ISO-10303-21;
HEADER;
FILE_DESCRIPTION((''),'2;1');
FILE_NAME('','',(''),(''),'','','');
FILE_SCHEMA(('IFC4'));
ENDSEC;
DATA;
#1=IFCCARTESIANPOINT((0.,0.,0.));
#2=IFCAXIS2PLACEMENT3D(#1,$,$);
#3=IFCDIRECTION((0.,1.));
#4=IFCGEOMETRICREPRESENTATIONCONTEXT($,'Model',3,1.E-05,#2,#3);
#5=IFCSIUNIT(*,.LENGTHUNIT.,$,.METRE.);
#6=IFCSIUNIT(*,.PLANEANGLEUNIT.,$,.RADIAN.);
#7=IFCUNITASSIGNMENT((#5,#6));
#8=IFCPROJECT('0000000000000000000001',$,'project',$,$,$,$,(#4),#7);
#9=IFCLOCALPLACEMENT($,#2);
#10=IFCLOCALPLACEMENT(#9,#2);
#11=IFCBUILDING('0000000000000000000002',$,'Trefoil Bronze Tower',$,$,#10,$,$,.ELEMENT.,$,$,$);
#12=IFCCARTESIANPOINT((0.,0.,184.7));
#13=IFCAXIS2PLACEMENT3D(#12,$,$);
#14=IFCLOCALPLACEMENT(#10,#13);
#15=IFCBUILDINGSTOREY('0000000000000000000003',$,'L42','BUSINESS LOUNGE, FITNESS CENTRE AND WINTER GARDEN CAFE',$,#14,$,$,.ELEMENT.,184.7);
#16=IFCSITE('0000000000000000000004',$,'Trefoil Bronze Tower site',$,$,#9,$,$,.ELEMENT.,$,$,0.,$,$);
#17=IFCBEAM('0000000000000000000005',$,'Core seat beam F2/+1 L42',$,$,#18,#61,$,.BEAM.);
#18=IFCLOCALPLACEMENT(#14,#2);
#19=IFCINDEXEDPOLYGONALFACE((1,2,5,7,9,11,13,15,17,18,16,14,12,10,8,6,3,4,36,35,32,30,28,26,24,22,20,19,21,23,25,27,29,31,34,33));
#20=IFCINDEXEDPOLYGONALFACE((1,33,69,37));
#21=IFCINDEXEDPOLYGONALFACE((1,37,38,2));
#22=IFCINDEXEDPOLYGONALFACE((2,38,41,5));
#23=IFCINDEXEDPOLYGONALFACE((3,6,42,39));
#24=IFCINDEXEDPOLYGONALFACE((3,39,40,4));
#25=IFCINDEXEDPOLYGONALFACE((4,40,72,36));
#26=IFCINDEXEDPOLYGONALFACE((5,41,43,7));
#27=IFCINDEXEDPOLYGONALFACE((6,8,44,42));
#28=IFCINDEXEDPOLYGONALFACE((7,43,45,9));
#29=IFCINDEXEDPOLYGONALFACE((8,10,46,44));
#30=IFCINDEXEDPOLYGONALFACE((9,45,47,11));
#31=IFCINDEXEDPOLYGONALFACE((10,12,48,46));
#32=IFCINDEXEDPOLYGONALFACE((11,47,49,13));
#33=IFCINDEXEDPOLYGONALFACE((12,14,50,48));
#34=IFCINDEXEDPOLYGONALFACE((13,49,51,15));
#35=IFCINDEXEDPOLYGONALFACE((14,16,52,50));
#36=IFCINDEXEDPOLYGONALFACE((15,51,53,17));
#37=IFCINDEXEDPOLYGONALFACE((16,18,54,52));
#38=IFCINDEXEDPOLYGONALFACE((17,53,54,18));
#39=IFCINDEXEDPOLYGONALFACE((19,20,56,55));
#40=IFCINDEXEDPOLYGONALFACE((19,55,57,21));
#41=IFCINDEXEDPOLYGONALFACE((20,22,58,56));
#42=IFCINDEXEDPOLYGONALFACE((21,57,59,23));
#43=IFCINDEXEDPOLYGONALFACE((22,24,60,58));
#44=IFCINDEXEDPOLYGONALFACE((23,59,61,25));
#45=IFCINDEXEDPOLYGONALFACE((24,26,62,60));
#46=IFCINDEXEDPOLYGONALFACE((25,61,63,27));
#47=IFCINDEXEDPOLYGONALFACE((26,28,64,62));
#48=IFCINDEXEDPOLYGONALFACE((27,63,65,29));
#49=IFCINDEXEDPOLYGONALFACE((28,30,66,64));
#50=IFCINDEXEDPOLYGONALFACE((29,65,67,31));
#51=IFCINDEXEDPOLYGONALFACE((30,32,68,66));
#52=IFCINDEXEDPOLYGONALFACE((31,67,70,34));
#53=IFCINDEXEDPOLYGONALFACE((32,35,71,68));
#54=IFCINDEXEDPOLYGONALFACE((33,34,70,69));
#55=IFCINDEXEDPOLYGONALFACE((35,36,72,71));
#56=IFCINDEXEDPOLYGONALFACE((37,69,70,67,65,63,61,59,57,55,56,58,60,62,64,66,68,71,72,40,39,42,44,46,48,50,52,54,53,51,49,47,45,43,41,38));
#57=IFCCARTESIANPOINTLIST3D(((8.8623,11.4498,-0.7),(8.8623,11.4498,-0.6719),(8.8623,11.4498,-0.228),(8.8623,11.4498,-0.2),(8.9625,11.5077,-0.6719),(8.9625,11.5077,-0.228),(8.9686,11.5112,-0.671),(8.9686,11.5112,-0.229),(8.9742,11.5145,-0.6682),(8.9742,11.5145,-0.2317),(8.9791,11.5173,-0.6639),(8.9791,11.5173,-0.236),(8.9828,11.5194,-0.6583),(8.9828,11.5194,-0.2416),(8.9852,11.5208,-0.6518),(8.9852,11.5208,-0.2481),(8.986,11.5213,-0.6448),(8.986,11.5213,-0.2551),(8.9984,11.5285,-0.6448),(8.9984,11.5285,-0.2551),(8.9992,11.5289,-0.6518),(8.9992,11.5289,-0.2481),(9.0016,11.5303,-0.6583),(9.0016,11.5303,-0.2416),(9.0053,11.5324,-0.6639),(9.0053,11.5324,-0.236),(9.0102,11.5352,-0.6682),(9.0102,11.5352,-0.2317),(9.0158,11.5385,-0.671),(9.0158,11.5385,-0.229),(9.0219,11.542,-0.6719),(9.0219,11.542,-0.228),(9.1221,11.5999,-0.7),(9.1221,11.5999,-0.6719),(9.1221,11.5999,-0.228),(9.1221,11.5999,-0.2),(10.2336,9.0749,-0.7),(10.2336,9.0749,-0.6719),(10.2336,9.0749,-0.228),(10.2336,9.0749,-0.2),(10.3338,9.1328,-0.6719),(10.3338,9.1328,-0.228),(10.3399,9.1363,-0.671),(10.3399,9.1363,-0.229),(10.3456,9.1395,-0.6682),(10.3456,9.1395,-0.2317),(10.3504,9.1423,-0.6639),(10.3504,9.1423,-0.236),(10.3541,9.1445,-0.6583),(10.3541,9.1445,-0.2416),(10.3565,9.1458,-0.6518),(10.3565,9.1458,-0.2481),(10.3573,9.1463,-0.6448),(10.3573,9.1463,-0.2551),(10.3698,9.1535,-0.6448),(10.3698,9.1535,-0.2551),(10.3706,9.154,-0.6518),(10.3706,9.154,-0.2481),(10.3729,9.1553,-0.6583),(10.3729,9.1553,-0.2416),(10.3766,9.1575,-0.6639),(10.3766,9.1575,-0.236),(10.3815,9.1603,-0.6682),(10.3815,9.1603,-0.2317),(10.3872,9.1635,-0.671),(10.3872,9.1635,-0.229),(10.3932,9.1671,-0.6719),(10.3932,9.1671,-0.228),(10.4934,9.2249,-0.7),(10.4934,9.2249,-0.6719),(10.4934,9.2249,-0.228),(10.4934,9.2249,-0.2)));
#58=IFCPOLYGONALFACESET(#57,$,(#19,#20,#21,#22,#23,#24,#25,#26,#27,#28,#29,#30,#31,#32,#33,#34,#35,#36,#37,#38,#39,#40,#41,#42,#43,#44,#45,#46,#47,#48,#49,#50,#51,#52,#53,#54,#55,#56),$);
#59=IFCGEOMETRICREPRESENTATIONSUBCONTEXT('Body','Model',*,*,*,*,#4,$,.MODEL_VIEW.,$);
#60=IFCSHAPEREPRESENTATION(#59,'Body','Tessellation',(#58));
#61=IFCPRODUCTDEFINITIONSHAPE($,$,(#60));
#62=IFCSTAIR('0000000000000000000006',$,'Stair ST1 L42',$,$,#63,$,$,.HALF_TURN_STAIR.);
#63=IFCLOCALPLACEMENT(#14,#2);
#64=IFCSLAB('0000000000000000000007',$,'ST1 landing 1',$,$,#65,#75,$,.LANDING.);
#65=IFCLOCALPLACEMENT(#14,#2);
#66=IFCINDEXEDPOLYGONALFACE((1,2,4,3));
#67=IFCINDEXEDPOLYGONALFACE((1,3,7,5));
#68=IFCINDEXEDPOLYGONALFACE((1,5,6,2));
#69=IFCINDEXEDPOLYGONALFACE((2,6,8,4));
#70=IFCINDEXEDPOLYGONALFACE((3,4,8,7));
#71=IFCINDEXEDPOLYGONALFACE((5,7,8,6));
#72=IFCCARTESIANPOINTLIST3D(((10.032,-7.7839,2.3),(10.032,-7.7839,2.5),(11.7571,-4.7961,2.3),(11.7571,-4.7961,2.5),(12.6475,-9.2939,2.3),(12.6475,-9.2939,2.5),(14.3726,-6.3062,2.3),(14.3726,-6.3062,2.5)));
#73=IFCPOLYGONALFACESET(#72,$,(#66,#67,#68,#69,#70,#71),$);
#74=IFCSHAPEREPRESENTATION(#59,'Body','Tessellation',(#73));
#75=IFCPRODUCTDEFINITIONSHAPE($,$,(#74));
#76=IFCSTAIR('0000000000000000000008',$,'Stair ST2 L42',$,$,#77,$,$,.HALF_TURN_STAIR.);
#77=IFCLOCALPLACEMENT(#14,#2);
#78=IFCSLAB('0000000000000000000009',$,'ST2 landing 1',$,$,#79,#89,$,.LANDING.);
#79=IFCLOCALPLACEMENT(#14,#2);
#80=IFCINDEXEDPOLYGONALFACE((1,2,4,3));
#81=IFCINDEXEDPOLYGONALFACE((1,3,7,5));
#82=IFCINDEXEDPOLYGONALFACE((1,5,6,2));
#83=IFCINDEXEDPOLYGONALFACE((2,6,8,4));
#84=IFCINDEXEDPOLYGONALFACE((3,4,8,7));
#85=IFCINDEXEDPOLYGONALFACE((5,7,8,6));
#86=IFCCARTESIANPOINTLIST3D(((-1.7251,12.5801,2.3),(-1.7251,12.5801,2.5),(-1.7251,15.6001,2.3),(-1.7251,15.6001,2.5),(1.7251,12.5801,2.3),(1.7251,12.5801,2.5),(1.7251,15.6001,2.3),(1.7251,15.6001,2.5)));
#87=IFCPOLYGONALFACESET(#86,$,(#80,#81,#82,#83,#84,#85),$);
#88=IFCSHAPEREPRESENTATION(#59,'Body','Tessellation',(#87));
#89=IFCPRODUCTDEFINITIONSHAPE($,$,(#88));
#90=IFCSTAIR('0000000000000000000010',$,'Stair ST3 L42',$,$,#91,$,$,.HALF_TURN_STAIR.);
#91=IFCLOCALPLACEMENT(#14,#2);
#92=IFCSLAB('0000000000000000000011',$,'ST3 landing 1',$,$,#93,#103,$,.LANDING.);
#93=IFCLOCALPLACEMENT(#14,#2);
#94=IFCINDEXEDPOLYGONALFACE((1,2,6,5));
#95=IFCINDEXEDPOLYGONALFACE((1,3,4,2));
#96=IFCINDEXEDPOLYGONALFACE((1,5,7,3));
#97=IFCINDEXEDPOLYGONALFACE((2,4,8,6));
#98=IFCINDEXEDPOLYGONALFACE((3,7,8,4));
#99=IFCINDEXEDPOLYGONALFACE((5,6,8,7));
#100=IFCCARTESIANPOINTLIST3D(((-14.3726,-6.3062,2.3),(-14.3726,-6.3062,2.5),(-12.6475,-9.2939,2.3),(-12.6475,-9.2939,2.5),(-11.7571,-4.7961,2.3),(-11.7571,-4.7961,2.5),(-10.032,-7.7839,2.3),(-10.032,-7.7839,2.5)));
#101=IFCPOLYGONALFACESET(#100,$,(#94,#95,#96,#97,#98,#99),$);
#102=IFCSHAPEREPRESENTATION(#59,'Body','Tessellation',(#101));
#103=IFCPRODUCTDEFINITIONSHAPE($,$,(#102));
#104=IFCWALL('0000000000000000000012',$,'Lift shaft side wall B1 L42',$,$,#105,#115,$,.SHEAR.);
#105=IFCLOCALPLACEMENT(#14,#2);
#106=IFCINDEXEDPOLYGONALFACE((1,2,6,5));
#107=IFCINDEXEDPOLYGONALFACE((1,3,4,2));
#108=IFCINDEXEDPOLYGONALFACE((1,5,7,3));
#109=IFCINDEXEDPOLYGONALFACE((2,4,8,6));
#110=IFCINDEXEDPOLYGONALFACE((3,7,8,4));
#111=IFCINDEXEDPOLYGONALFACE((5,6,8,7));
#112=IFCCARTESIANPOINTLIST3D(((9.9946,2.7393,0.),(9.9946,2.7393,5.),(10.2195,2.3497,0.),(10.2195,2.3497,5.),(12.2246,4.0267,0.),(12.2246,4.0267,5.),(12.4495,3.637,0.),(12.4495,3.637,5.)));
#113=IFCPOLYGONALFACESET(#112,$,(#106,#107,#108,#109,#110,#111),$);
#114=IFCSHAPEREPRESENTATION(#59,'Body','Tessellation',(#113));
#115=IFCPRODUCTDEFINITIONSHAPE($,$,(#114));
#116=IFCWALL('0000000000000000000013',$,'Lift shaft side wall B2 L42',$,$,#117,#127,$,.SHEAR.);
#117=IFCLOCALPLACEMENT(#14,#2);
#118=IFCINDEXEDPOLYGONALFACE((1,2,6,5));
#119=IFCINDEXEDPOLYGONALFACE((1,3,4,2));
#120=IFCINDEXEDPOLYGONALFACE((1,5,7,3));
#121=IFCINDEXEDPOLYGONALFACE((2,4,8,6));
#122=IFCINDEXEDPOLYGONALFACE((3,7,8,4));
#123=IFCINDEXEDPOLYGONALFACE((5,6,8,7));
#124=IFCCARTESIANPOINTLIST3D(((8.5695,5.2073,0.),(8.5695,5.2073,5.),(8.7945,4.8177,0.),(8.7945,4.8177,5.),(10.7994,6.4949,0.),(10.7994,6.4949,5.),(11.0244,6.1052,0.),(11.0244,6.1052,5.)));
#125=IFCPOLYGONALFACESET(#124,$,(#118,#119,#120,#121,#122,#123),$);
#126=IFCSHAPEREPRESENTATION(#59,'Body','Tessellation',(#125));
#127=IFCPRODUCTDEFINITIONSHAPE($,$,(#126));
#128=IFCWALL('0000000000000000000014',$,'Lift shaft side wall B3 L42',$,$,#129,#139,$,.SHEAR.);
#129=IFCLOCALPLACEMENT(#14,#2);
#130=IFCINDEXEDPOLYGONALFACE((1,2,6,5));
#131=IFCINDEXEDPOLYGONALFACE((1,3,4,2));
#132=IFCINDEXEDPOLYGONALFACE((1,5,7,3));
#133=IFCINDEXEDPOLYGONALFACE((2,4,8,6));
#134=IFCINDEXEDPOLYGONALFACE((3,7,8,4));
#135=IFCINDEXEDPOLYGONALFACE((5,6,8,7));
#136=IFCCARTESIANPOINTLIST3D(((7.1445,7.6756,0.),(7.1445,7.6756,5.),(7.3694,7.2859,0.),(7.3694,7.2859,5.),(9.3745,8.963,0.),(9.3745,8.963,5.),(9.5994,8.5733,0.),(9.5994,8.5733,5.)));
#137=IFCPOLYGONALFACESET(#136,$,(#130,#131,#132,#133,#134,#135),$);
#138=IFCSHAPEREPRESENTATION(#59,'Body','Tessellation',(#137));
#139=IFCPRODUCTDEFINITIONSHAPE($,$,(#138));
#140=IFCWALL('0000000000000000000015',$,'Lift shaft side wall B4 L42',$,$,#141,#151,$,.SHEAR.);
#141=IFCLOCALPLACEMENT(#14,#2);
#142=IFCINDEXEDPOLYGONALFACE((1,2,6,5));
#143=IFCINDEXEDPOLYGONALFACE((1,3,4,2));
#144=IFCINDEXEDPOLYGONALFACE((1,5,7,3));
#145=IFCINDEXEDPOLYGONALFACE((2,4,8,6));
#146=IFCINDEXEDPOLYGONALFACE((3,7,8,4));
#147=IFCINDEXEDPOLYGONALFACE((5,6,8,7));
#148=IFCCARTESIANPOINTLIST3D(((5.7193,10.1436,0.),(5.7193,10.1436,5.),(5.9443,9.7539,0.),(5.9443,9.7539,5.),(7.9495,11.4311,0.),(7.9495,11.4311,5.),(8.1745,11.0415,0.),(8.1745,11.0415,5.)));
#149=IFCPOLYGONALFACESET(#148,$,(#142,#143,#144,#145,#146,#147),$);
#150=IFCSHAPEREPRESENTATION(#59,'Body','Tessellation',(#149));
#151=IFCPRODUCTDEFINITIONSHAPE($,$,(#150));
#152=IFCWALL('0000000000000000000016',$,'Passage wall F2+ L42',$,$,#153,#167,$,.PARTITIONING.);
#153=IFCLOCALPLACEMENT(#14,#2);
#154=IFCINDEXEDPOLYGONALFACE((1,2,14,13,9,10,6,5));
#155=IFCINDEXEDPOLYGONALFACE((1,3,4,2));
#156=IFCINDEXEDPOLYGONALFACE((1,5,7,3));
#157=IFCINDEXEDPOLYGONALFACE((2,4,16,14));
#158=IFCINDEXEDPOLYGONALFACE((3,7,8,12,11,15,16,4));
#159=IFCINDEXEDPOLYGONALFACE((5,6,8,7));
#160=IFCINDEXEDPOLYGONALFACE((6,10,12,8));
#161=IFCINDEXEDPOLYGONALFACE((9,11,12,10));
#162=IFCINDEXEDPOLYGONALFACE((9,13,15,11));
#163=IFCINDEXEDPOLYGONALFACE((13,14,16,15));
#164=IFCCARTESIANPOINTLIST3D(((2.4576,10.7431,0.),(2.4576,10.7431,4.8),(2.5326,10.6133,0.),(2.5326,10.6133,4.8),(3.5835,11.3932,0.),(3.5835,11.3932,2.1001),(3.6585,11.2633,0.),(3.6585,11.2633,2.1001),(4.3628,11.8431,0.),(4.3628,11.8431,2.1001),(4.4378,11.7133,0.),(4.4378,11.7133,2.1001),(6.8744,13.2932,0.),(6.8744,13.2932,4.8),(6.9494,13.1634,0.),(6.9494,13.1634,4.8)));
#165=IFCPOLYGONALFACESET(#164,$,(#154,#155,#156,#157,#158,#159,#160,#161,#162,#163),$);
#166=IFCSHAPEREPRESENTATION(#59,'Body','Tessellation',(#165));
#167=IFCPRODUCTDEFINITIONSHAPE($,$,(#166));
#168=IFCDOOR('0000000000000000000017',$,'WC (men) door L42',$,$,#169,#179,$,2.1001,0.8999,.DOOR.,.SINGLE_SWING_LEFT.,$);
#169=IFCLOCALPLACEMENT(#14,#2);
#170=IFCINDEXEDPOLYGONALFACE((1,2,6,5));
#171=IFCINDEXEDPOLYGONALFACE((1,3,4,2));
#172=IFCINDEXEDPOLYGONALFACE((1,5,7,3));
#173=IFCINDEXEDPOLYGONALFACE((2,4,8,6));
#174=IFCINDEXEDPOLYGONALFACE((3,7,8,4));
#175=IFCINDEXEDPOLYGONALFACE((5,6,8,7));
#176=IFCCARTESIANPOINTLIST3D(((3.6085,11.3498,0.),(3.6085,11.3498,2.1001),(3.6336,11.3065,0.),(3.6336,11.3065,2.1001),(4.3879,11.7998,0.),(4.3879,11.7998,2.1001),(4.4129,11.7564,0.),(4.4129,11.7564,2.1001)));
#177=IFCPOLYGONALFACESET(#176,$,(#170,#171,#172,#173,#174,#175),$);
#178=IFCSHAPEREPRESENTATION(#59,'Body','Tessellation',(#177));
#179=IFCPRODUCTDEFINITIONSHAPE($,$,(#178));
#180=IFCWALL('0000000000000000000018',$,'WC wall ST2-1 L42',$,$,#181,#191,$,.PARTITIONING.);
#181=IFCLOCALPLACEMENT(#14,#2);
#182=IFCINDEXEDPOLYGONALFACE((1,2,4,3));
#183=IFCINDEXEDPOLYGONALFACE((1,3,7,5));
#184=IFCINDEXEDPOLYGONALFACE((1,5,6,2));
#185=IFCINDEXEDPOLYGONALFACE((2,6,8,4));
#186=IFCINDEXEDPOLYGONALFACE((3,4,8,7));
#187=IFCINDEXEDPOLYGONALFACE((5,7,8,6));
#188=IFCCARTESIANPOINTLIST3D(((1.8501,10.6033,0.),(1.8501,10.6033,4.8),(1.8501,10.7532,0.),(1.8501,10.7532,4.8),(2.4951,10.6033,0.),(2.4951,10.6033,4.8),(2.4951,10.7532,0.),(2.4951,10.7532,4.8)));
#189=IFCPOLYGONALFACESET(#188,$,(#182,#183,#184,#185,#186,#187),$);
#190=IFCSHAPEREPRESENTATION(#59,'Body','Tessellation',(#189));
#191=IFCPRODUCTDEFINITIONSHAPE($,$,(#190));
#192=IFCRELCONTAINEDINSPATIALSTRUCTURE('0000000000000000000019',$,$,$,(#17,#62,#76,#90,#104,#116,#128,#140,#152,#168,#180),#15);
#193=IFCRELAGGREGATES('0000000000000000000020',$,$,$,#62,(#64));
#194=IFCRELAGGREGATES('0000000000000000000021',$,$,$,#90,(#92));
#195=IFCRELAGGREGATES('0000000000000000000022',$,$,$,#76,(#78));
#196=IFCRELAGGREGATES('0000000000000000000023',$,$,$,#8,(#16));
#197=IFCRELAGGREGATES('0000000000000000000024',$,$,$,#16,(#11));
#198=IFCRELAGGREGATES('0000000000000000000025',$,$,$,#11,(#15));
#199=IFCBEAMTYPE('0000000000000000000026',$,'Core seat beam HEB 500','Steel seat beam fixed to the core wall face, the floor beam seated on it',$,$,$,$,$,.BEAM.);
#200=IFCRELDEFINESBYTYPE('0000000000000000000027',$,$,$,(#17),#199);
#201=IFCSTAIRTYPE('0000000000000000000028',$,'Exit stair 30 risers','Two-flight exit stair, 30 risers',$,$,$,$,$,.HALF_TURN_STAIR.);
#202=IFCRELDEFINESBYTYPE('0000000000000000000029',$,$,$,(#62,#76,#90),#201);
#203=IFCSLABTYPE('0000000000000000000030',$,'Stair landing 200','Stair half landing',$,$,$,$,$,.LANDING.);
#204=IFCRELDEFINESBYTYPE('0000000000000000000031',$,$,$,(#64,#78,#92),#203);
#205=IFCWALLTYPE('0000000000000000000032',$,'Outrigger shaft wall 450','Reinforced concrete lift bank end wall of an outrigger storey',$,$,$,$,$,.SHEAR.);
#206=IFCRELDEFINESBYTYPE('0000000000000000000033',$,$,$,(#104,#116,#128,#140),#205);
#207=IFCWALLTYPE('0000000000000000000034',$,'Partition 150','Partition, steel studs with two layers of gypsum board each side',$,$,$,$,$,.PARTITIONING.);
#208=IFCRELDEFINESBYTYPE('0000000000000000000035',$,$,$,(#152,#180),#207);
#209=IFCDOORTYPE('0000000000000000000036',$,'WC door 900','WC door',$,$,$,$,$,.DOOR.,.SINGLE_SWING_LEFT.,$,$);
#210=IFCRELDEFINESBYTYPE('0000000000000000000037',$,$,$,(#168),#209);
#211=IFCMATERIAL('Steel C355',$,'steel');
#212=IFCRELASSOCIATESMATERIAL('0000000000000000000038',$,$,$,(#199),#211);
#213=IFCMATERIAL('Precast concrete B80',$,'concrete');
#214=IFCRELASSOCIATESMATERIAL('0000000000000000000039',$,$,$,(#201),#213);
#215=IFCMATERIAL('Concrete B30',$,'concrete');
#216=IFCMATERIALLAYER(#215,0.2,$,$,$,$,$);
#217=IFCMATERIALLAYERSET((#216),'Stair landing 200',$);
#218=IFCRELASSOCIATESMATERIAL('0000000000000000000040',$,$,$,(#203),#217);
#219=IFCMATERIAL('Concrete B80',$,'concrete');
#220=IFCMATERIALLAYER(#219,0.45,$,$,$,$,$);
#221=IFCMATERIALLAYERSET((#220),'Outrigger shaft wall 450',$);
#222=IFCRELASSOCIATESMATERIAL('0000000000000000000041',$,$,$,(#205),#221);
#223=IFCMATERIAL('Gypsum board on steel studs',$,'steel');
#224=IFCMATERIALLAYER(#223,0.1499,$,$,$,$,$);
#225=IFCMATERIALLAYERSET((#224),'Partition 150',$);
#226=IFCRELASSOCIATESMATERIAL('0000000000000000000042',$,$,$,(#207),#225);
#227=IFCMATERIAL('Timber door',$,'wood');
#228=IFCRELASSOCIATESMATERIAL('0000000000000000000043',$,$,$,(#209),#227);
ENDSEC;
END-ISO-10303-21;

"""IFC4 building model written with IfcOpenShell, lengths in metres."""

from ifc_helpers import new_model, si_unit, direction, frame, frame_2d, origin, origin_2d, place, context, subcontext, project, spatial, polyline, rectangle, i_section, outline, extrude, material, layer, layer_set, material_profile, profile_set, type_object, element, fill, aggregate, save


model = new_model("IFC4")

# Units and contexts
model_context = context("Model", 3, precision=1e-05, world=origin(), true_north=direction((0.0, 1.0)))
body_context = subcontext(model_context, "Body", "Model", "MODEL_VIEW")
ifc_project = project(units=[si_unit("LENGTHUNIT", "METRE"), si_unit("PLANEANGLEUNIT", "RADIAN")], contexts=[model_context])

# Site, building, storey
site_placement = place(None, origin())
site = spatial("IfcSite", under=ifc_project, at=site_placement, Name="Trefoil Bronze Tower site", CompositionType="ELEMENT", RefElevation=0.0)
building_placement = place(site_placement, origin())
building = spatial("IfcBuilding", under=site, at=building_placement, Name="Trefoil Bronze Tower", CompositionType="ELEMENT")
storey_placement = place(building_placement, frame((0.0, 0.0, 184.7)))
storey = spatial("IfcBuildingStorey", under=building, at=storey_placement, Name="L42", Description="BUSINESS LOUNGE, FITNESS CENTRE AND WINTER GARDEN CAFE", CompositionType="ELEMENT", Elevation=184.7)

# Beam
ifc_material_1 = material(Name="Steel C355", Category="steel")
ifc_material_profile = material_profile(ifc_material_1, i_section(OverallWidth=0.3, OverallDepth=0.5, WebThickness=0.0144, FlangeThickness=0.0281, FilletRadius=0.0271, at=origin_2d()), Name="HEB 500")
ifc_profile_set = profile_set([ifc_material_profile], Name="Steel C355")
beam_type = type_object("IfcBeamType", Name="Core seat beam HEB 500", Description="Steel seat beam fixed to the core wall face, the floor beam seated on it", PredefinedType="BEAM", material=ifc_profile_set)
beam_placement = place(storey_placement, frame((10.3635, 9.1499, -0.45), z_axis=(-0.500036, 0.866005, 0.0), x_axis=(-0.866005, -0.500036, 0.0)))
element("IfcBeam", 1, at=beam_placement, inside=storey, type_object=beam_type, Name="Core seat beam F2/+1 L42", PredefinedType="BEAM", context=body_context, shape_type="SweptSolid", body=[
    extrude(i_section(OverallWidth=0.3, OverallDepth=0.5, WebThickness=0.0144, FlangeThickness=0.0281, FilletRadius=0.0271, at=origin_2d()), origin(), (0.0, 0.0, 1.0), 2.7424),
])

# Stairs, slabs
ifc_material_2 = material(Name="Precast concrete B80", Category="concrete")
stair_type = type_object("IfcStairType", Name="Exit stair 30 risers", Description="Two-flight exit stair, 30 risers", PredefinedType="HALF_TURN_STAIR", material=ifc_material_2)
stair_1_placement = place(storey_placement, origin())
stair_1 = element("IfcStair", 2, at=stair_1_placement, inside=storey, type_object=stair_type, Name="Stair ST1 L42", PredefinedType="HALF_TURN_STAIR")
ifc_material_3 = material(Name="Concrete B30", Category="concrete")
ifc_layer_1 = layer(ifc_material_3, 0.2)
ifc_layer_set_1 = layer_set([ifc_layer_1], Name="Stair landing 200")
slab_type = type_object("IfcSlabType", Name="Stair landing 200", Description="Stair half landing", PredefinedType="LANDING", material=ifc_layer_set_1)
slab_1_placement = place(storey_placement, frame((0.0, 0.0, 2.3)))
slab_1 = element("IfcSlab", 3, at=slab_1_placement, type_object=slab_type, Name="ST1 landing 1", PredefinedType="LANDING", context=body_context, shape_type="SweptSolid", body=[
    extrude(outline(polyline([(10.032, -7.7839), (12.6475, -9.2939), (14.3726, -6.3062), (11.7571, -4.7961), (10.032, -7.7839)])), origin(), (0.0, 0.0, 1.0), 0.2),
])
aggregate(stair_1, [slab_1])
stair_2_placement = place(storey_placement, origin())
stair_2 = element("IfcStair", 4, at=stair_2_placement, inside=storey, type_object=stair_type, Name="Stair ST2 L42", PredefinedType="HALF_TURN_STAIR")
slab_2_placement = place(storey_placement, frame((0.0, 0.0, 2.3)))
slab_2 = element("IfcSlab", 5, at=slab_2_placement, type_object=slab_type, Name="ST2 landing 1", PredefinedType="LANDING", context=body_context, shape_type="SweptSolid", body=[
    extrude(outline(polyline([(1.7251, 12.5801), (1.7251, 15.6001), (-1.7251, 15.6001), (-1.7251, 12.5801), (1.7251, 12.5801)])), origin(), (0.0, 0.0, 1.0), 0.2),
])
stair_3_placement = place(storey_placement, origin())
stair_3 = element("IfcStair", 6, at=stair_3_placement, inside=storey, type_object=stair_type, Name="Stair ST3 L42", PredefinedType="HALF_TURN_STAIR")
slab_3_placement = place(storey_placement, frame((0.0, 0.0, 2.3)))
slab_3 = element("IfcSlab", 7, at=slab_3_placement, type_object=slab_type, Name="ST3 landing 1", PredefinedType="LANDING", context=body_context, shape_type="SweptSolid", body=[
    extrude(outline(polyline([(-11.7571, -4.7961), (-14.3726, -6.3062), (-12.6475, -9.2939), (-10.032, -7.7839), (-11.7571, -4.7961)])), origin(), (0.0, 0.0, 1.0), 0.2),
])
aggregate(stair_3, [slab_3])

# Walls
ifc_material_4 = material(Name="Concrete B80", Category="concrete")
ifc_layer_2 = layer(ifc_material_4, 0.45)
ifc_layer_set_2 = layer_set([ifc_layer_2], Name="Outrigger shaft wall 450")
wall_type_1 = type_object("IfcWallType", Name="Outrigger shaft wall 450", Description="Reinforced concrete lift bank end wall of an outrigger storey", PredefinedType="SHEAR", material=ifc_layer_set_2)
for number, where, z_axis, x_axis, name in (
    (8, (10.1069, 2.5444, 0.0), (0.0, 0.0, 1.0), (0.866047, 0.499963, 0.0), "Lift shaft side wall B1 L42"),
    (9, (8.6819, 5.0125, 0.0), (0.0, 0.0, 1.0), (0.866006, 0.500034, 0.0), "Lift shaft side wall B2 L42"),
    (10, (7.2568, 7.4807, 0.0), (0.0, 0.0, 1.0), (0.866047, 0.499963, 0.0), "Lift shaft side wall B3 L42"),
):
    element("IfcWall", number, at=place(storey_placement, frame(where, z_axis=z_axis, x_axis=x_axis)), inside=storey, type_object=wall_type_1, Name=name, PredefinedType="SHEAR", context=body_context, shape_type="SweptSolid", body=[
        extrude(rectangle(XDim=2.575, YDim=0.45, at=frame_2d((1.2876, 0.0))), origin(), (0.0, 0.0, 1.0), 5.0),
    ])
wall_1_placement = place(storey_placement, frame((5.8318, 9.9487, 0.0), z_axis=(0.0, 0.0, 1.0), x_axis=(0.866029, 0.499993, 0.0)))
element("IfcWall", 11, at=wall_1_placement, inside=storey, type_object=wall_type_1, Name="Lift shaft side wall B4 L42", PredefinedType="SHEAR", context=body_context, shape_type="SweptSolid", body=[
    extrude(rectangle(XDim=2.5752, YDim=0.45, at=frame_2d((1.2876, 0.0))), origin(), (0.0, 0.0, 1.0), 5.0),
])

# Wall, opening, door
ifc_material_5 = material(Name="Gypsum board on steel studs", Category="steel")
ifc_layer_3 = layer(ifc_material_5, 0.1499)
ifc_layer_set_3 = layer_set([ifc_layer_3], Name="Partition 150")
wall_type_2 = type_object("IfcWallType", Name="Partition 150", Description="Partition, steel studs with two layers of gypsum board each side", PredefinedType="PARTITIONING", material=ifc_layer_set_3)
wall_2_placement = place(storey_placement, frame((2.4951, 10.6782, 0.0), z_axis=(0.0, 0.0, 1.0), x_axis=(0.866022, 0.500006, 0.0)))
wall_2 = element("IfcWall", 12, at=wall_2_placement, inside=storey, type_object=wall_type_2, Name="Passage wall F2+ L42", PredefinedType="PARTITIONING", context=body_context, shape_type="SweptSolid", body=[
    extrude(rectangle(XDim=5.1001, YDim=0.1499, at=frame_2d((2.55, 0.0))), origin(), (0.0, 0.0, 1.0), 4.8),
])
opening_1_placement = place(wall_2_placement, frame((1.3, 0.0, 0.0)))
opening_1 = element("IfcOpeningElement", 13, at=opening_1_placement, cuts=wall_2, PredefinedType="OPENING", context=body_context, shape_type="SweptSolid", body=[
    extrude(rectangle(XDim=0.8999, YDim=2.1001, at=frame_2d((0.45, 1.05))), frame((0.0, 0.085, 0.0), z_axis=(0.0, -1.0, 0.0), x_axis=(1.0, 0.0, 0.0)), (0.0, 0.0, 1.0), 0.1699),
])
ifc_material_6 = material(Name="Timber door", Category="wood")
door_type_1 = type_object("IfcDoorType", Name="WC door 900", Description="WC door", OperationType="SINGLE_SWING_LEFT", PredefinedType="DOOR", material=ifc_material_6)
door_1_placement = place(opening_1_placement, origin())
door_1 = element("IfcDoor", 14, at=door_1_placement, inside=storey, type_object=door_type_1, Name="WC (men) door L42", OperationType="SINGLE_SWING_LEFT", OverallHeight=2.1001, OverallWidth=0.8999, PredefinedType="DOOR", context=body_context, shape_type="SweptSolid", body=[
    extrude(rectangle(XDim=0.8999, YDim=2.1001, at=frame_2d((0.45, 1.05))), frame((0.0, 0.0249, 0.0), z_axis=(0.0, -1.0, 0.0), x_axis=(1.0, 0.0, 0.0)), (0.0, 0.0, 1.0), 0.05),
])
fill(opening_1, door_1)

# Wall
wall_3_placement = place(storey_placement, frame((2.4951, 10.6782, 0.0), z_axis=(0.0, 0.0, 1.0), x_axis=(-1.0, 0.0, 0.0)))
element("IfcWall", 15, at=wall_3_placement, inside=storey, type_object=wall_type_2, Name="WC wall ST2-1 L42", PredefinedType="PARTITIONING", context=body_context, shape_type="SweptSolid", body=[
    extrude(rectangle(XDim=0.645, YDim=0.1499, at=frame_2d((0.3225, 0.0))), origin(), (0.0, 0.0, 1.0), 4.8),
])

aggregate(stair_2, [slab_2])

save(model, "model.ifc")
